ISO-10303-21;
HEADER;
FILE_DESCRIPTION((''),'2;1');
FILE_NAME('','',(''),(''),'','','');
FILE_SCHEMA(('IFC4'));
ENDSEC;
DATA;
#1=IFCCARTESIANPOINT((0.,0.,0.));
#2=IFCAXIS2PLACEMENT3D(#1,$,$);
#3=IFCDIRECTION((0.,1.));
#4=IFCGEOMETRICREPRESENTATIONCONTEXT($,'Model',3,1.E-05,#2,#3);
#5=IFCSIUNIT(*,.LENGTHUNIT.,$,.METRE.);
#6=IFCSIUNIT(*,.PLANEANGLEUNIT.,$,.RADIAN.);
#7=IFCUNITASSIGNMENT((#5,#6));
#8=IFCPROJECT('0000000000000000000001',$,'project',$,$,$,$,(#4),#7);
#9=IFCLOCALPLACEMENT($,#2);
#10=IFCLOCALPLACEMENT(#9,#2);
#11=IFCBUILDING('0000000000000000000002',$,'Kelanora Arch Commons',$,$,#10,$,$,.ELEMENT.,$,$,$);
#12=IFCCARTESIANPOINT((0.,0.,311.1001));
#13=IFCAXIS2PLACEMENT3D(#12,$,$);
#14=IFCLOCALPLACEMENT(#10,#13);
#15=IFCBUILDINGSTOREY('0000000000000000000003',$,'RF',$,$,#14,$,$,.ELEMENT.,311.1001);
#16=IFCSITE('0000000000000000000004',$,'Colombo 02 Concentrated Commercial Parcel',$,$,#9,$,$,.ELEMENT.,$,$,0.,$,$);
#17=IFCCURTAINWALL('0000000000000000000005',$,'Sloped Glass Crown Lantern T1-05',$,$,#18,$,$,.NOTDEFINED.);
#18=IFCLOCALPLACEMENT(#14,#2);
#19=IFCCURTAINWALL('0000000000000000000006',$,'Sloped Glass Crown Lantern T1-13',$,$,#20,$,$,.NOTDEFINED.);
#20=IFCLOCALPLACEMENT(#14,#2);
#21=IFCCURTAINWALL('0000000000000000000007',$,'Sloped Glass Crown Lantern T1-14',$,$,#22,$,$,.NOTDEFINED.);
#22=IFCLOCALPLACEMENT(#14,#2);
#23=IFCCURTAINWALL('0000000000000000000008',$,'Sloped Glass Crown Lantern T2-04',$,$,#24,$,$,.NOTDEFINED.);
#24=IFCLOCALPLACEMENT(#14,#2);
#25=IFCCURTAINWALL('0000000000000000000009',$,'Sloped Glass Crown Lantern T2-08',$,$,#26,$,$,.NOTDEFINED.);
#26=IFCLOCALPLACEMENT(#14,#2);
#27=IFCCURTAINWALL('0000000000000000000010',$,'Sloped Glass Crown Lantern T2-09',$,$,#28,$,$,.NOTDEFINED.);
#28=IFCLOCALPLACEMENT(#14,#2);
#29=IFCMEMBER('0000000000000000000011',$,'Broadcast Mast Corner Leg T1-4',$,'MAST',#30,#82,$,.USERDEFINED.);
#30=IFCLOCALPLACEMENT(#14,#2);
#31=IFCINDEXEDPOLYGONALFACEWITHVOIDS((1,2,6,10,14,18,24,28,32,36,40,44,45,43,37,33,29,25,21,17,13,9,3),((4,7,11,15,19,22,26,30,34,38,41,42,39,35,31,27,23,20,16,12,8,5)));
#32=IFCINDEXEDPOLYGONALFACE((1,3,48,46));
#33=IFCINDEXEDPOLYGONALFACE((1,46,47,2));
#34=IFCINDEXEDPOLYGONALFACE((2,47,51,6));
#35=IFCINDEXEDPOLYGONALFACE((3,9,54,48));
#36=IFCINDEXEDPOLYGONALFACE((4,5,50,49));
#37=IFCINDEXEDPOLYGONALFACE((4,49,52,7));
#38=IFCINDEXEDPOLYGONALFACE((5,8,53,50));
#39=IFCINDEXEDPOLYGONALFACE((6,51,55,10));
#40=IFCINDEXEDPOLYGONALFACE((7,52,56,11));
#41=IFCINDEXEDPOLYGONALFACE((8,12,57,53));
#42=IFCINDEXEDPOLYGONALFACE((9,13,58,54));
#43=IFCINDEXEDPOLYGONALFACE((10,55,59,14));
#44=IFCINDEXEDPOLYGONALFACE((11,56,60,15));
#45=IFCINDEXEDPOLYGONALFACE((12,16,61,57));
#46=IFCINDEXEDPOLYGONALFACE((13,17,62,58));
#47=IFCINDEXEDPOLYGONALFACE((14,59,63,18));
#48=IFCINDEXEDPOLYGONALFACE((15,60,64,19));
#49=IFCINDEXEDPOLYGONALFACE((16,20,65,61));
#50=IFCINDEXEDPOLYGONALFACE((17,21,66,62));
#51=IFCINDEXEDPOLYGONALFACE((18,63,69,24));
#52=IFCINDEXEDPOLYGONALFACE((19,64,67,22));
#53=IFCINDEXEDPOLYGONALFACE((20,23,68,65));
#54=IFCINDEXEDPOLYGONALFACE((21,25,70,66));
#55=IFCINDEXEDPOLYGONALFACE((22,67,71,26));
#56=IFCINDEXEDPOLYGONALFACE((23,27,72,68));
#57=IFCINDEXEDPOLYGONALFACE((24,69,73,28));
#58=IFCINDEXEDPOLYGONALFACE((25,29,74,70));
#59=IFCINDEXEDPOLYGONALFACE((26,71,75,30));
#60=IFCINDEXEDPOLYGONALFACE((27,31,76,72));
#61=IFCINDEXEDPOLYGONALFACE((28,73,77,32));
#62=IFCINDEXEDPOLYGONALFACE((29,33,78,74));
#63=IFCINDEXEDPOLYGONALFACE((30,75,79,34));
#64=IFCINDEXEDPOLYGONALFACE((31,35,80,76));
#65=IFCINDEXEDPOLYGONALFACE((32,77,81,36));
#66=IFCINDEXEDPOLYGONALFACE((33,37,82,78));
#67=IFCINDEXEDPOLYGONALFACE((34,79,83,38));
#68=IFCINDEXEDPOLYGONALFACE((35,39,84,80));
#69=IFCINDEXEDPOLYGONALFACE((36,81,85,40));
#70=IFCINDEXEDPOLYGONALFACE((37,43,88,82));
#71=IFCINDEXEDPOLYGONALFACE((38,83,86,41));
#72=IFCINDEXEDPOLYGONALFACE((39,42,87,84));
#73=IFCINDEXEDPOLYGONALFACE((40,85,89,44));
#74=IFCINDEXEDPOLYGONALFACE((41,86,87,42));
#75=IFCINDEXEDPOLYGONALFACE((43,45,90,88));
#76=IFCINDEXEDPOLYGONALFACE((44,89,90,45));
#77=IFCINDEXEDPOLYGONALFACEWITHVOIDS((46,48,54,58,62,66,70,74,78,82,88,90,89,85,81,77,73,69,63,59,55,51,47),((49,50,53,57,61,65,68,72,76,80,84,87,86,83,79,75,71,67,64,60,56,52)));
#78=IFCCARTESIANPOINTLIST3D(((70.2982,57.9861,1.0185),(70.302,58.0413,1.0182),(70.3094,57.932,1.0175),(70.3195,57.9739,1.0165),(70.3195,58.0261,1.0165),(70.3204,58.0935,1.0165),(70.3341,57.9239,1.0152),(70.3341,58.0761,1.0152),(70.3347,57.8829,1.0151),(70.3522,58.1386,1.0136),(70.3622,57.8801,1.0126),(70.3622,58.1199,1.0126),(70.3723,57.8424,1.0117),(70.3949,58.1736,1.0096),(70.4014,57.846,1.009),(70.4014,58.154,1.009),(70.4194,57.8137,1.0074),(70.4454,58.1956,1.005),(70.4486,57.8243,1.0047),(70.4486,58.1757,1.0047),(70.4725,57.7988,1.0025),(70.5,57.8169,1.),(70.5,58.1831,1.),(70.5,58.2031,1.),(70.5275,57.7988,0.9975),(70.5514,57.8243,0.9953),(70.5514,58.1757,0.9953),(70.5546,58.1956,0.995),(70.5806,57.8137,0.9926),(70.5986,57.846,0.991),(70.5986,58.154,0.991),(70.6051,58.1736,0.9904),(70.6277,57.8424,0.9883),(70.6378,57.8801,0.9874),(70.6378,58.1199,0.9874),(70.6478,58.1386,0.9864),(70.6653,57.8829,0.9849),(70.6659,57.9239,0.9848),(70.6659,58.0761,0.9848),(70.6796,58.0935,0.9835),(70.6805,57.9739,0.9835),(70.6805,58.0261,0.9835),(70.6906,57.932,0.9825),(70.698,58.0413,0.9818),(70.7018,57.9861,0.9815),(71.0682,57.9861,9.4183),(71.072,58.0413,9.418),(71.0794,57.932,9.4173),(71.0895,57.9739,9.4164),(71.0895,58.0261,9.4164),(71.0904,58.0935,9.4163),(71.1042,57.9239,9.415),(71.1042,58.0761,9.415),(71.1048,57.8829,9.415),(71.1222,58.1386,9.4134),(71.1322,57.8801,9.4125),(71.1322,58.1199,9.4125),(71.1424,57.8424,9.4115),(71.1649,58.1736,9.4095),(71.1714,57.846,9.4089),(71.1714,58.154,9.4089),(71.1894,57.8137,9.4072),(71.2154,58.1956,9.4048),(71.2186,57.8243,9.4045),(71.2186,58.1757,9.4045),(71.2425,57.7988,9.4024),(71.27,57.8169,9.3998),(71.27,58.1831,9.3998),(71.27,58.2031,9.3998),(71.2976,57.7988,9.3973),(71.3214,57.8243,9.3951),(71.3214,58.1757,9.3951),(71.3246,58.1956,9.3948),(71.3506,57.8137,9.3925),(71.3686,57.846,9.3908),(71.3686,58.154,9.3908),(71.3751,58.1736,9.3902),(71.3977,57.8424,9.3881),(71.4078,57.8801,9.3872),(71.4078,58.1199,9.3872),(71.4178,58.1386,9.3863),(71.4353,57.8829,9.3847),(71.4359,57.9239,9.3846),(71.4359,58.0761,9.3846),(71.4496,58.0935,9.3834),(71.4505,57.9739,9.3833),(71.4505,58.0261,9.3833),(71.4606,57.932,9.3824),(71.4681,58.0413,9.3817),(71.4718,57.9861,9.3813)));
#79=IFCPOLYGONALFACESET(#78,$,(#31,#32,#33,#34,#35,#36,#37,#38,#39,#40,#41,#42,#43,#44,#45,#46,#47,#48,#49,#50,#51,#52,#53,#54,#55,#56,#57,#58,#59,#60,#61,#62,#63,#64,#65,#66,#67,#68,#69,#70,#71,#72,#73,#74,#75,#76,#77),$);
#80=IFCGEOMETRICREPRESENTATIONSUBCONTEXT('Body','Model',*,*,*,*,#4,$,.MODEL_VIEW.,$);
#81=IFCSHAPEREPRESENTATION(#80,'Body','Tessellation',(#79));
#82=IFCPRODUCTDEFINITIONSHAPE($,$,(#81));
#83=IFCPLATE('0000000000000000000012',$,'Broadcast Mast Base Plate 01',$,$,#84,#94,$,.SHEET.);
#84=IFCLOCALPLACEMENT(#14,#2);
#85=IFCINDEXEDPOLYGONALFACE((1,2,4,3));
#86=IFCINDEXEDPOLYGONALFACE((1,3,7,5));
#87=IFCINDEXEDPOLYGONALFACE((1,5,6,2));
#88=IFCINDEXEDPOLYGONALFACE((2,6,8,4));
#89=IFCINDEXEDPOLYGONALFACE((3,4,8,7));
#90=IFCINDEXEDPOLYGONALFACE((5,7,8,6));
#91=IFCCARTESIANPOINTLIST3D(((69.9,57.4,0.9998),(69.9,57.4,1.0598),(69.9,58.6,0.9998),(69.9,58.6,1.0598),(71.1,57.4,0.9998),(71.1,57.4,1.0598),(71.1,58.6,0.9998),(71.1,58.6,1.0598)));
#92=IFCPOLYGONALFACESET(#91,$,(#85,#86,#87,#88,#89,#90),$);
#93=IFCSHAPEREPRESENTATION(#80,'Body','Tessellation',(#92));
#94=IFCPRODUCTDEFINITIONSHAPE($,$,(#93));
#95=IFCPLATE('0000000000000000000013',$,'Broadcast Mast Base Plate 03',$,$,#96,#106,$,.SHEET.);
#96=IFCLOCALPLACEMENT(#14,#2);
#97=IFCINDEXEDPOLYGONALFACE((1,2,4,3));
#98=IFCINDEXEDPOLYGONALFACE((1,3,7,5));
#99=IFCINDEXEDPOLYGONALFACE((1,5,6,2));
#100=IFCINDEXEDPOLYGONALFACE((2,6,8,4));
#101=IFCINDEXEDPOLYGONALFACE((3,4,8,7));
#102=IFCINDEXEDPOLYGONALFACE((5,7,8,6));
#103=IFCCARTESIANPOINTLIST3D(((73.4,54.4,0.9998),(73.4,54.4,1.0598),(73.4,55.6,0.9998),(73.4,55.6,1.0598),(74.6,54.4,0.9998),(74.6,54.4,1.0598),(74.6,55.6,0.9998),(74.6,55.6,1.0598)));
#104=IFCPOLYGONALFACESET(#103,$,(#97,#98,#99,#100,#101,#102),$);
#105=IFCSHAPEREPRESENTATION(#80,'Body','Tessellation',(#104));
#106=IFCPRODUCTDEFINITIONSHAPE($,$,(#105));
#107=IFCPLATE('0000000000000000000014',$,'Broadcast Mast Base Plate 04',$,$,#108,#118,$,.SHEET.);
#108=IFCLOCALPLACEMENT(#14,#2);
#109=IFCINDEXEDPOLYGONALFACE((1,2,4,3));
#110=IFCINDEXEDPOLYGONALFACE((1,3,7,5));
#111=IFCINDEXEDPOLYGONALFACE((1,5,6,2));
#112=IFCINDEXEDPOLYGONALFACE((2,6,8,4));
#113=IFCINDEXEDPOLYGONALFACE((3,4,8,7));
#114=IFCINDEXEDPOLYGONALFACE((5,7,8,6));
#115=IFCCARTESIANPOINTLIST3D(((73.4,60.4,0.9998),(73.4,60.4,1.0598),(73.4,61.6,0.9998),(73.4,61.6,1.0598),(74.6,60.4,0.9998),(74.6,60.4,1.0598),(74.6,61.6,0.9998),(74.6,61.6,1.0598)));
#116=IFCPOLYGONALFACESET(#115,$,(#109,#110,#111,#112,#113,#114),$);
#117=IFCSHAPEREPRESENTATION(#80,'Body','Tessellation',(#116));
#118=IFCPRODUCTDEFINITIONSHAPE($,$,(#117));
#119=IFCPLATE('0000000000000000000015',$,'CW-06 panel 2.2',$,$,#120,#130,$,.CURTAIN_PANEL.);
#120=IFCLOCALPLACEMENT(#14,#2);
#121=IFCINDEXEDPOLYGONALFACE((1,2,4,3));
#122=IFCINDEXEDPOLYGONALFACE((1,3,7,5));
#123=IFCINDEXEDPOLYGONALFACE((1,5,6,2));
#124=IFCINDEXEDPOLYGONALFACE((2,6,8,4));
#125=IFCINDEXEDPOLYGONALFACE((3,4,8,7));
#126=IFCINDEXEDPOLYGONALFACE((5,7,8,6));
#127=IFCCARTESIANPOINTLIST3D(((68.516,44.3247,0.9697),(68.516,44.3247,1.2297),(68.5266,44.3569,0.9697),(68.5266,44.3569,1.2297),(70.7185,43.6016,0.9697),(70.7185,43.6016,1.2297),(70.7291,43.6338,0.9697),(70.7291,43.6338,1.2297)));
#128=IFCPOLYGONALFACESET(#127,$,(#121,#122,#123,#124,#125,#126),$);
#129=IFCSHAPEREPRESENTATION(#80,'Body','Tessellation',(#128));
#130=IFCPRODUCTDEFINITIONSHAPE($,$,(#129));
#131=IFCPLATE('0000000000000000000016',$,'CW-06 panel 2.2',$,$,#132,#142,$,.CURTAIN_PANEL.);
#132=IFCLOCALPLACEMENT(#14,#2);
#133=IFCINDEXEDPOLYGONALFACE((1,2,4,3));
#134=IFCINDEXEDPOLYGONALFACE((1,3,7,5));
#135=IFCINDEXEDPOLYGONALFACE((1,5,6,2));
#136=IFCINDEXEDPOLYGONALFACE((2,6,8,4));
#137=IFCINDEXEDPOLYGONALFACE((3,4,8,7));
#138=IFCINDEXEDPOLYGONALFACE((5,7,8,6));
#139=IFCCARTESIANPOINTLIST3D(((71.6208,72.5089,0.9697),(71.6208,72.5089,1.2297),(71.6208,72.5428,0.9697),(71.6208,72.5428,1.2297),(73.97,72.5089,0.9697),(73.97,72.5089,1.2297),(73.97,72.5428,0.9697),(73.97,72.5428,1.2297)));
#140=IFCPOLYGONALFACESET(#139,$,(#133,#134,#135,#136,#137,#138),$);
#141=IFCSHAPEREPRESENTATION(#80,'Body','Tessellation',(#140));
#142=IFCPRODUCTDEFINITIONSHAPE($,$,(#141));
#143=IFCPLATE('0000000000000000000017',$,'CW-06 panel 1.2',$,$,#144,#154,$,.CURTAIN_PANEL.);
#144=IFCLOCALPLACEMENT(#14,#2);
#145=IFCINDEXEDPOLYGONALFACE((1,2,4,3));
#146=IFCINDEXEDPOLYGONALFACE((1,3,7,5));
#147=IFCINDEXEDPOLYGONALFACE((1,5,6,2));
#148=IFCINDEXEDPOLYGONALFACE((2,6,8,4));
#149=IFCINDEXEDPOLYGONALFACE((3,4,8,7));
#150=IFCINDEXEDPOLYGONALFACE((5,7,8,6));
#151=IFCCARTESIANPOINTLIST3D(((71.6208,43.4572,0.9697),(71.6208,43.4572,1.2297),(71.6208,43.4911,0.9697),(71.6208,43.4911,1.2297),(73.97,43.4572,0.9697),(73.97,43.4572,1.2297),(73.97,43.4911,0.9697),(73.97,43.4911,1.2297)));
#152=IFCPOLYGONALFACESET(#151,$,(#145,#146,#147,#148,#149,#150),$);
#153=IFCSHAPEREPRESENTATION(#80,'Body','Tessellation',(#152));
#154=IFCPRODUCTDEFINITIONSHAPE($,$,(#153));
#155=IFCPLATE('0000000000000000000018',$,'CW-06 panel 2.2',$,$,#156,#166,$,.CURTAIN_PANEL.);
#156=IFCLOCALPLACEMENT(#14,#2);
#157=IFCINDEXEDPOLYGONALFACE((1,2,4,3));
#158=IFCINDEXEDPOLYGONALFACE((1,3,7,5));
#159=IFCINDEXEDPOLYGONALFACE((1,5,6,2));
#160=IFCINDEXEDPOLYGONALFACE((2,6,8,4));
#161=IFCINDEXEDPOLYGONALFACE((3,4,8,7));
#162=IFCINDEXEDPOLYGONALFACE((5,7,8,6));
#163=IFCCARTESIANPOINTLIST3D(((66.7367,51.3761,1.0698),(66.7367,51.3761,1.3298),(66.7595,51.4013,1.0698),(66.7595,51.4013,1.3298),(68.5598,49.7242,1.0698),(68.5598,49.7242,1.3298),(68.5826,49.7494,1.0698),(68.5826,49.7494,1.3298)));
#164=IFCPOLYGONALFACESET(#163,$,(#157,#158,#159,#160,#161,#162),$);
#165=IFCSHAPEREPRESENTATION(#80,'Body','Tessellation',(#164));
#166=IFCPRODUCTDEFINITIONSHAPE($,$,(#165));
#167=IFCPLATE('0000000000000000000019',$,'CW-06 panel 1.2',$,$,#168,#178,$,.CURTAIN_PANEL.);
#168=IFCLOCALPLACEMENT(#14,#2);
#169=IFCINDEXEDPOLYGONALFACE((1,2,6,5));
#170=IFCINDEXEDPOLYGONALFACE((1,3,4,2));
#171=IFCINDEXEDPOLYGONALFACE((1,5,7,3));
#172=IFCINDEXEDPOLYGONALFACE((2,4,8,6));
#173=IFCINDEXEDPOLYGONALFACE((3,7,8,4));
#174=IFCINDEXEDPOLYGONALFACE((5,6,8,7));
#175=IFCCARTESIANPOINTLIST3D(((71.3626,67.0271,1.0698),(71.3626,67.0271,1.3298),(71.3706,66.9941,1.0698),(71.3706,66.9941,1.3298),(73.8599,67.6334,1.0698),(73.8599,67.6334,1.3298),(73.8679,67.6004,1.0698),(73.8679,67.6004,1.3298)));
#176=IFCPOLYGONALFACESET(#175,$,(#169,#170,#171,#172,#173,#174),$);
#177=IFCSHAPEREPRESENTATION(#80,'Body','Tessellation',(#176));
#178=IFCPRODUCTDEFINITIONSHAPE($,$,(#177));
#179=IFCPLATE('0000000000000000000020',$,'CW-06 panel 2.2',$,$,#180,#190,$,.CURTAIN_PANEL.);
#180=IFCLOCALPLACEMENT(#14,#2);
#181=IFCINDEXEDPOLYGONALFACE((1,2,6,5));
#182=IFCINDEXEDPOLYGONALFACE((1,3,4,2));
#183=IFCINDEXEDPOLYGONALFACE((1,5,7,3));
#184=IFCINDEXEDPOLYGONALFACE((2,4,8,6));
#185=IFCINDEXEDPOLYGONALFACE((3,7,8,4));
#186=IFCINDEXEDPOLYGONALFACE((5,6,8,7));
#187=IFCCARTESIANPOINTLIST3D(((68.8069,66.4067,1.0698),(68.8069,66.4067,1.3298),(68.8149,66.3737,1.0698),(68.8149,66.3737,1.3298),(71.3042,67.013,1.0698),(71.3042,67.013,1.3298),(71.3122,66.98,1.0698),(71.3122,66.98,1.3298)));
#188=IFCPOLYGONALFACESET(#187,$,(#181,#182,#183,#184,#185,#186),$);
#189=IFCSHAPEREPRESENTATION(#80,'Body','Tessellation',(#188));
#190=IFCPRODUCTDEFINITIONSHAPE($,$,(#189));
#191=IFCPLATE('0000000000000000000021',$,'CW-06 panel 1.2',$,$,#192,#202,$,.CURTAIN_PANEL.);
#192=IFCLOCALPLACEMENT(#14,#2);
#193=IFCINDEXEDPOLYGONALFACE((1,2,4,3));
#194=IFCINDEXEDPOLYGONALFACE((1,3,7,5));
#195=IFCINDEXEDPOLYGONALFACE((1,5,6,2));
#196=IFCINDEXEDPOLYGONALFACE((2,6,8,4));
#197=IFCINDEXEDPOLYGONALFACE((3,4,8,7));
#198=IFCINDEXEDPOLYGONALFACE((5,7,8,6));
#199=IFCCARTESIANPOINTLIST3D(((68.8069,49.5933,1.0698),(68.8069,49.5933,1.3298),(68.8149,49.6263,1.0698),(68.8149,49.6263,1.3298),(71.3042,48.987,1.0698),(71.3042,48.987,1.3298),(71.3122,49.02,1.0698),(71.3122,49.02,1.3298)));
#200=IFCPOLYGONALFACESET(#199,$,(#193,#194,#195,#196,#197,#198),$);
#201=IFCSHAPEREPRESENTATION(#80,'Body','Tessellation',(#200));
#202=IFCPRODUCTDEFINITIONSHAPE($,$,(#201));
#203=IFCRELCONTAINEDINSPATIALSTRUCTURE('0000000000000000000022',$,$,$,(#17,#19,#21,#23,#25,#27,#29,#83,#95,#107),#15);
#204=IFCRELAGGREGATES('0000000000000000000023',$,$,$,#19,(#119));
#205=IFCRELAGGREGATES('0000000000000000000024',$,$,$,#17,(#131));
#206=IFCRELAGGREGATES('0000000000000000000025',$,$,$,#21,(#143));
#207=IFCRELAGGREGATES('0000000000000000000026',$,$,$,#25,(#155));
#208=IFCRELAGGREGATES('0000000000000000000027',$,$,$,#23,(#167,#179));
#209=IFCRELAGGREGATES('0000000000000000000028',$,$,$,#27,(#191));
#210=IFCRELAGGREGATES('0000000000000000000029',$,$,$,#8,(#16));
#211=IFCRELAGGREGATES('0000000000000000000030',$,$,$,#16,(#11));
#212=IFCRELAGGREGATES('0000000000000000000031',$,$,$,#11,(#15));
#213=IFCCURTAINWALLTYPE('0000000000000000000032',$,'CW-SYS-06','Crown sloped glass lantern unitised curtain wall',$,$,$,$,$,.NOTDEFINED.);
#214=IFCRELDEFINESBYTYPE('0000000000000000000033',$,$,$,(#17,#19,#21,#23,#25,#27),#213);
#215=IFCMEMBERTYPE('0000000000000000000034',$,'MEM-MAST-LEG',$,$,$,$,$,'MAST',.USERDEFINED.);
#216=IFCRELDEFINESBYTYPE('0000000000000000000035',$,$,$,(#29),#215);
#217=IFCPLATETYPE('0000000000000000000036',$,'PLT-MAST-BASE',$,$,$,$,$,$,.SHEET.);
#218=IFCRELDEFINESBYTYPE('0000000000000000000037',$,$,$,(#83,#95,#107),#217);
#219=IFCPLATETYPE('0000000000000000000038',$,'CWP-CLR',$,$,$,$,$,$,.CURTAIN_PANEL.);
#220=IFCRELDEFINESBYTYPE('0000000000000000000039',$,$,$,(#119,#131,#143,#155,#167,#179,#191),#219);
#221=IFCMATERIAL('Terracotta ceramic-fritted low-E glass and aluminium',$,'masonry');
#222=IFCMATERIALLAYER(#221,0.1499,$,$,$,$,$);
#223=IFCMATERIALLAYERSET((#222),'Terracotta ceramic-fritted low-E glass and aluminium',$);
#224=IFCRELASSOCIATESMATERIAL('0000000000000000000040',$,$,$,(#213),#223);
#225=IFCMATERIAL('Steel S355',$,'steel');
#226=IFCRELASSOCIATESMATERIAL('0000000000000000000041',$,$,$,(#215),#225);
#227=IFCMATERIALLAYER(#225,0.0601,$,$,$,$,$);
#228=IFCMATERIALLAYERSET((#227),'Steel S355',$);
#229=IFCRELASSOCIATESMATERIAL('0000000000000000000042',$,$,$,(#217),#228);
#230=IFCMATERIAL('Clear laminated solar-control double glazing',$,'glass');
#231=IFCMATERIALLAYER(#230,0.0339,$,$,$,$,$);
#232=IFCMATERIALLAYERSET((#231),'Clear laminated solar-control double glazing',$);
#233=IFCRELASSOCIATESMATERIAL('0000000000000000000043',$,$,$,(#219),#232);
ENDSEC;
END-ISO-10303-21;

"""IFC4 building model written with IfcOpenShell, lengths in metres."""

from ifc_helpers import new_model, si_unit, direction, frame, origin, origin_2d, place, context, subcontext, project, spatial, rectangle, hollow_circle, extrude, source, transform, mapped, material, layer, layer_set, material_profile, profile_set, type_object, element, aggregate, save


model = new_model("IFC4")

# Units and contexts
model_context = context("Model", 3, precision=1e-05, world=origin(), true_north=direction((0.0, 1.0)))
body_context = subcontext(model_context, "Body", "Model", "MODEL_VIEW")
ifc_project = project(units=[si_unit("LENGTHUNIT", "METRE"), si_unit("PLANEANGLEUNIT", "RADIAN")], contexts=[model_context])

# Site, building, storey
site_placement = place(None, origin())
site = spatial("IfcSite", under=ifc_project, at=site_placement, Name="Colombo 02 Concentrated Commercial Parcel", CompositionType="ELEMENT", RefElevation=0.0)
building_placement = place(site_placement, origin())
building = spatial("IfcBuilding", under=site, at=building_placement, Name="Kelanora Arch Commons", CompositionType="ELEMENT")
storey_placement = place(building_placement, frame((0.0, 0.0, 311.1001)))
storey = spatial("IfcBuildingStorey", under=building, at=storey_placement, Name="RF", CompositionType="ELEMENT", Elevation=311.1001)

# Shared definitions
ifc_material_1 = material(Name="Terracotta ceramic-fritted low-E glass and aluminium", Category="masonry")
ifc_layer_1 = layer(ifc_material_1, 0.1499)
ifc_layer_set_1 = layer_set([ifc_layer_1], Name="Terracotta ceramic-fritted low-E glass and aluminium")
curtain_wall_type = type_object("IfcCurtainWallType", Name="CW-SYS-06", Description="Crown sloped glass lantern unitised curtain wall", PredefinedType="NOTDEFINED", material=ifc_layer_set_1)

# Curtain wall
curtain_wall_1_placement = place(storey_placement, origin())
curtain_wall_1 = element("IfcCurtainWall", 1, at=curtain_wall_1_placement, inside=storey, type_object=curtain_wall_type, Name="Sloped Glass Crown Lantern T1-05", PredefinedType="NOTDEFINED")

# Curtain wall
curtain_wall_2_placement = place(storey_placement, origin())
curtain_wall_2 = element("IfcCurtainWall", 2, at=curtain_wall_2_placement, inside=storey, type_object=curtain_wall_type, Name="Sloped Glass Crown Lantern T1-13", PredefinedType="NOTDEFINED")

# Curtain wall
curtain_wall_3_placement = place(storey_placement, origin())
curtain_wall_3 = element("IfcCurtainWall", 3, at=curtain_wall_3_placement, inside=storey, type_object=curtain_wall_type, Name="Sloped Glass Crown Lantern T1-14", PredefinedType="NOTDEFINED")

# Curtain wall
curtain_wall_4_placement = place(storey_placement, origin())
curtain_wall_4 = element("IfcCurtainWall", 4, at=curtain_wall_4_placement, inside=storey, type_object=curtain_wall_type, Name="Sloped Glass Crown Lantern T2-04", PredefinedType="NOTDEFINED")

# Curtain wall
curtain_wall_5_placement = place(storey_placement, origin())
curtain_wall_5 = element("IfcCurtainWall", 5, at=curtain_wall_5_placement, inside=storey, type_object=curtain_wall_type, Name="Sloped Glass Crown Lantern T2-08", PredefinedType="NOTDEFINED")

# Curtain wall
curtain_wall_6_placement = place(storey_placement, origin())
curtain_wall_6 = element("IfcCurtainWall", 6, at=curtain_wall_6_placement, inside=storey, type_object=curtain_wall_type, Name="Sloped Glass Crown Lantern T2-09", PredefinedType="NOTDEFINED")

# Member
ifc_material_2 = material(Name="Steel S355", Category="steel")
ifc_material_profile_1 = material_profile(ifc_material_2, hollow_circle(Radius=0.2031, WallThickness=0.02, at=origin_2d()), Name="CHS406.4x20")
ifc_profile_set_1 = profile_set([ifc_material_profile_1], Name="Steel S355")
member_type_1 = type_object("IfcMemberType", Name="MEM-MAST-LEG", ElementType="MAST", PredefinedType="USERDEFINED", material=ifc_profile_set_1)
member_1_placement = place(storey_placement, frame((70.5, 58.0, 1.0), z_axis=(0.091287, 0.0, 0.995825), x_axis=(0.0, 1.0, 0.0)))
element("IfcMember", 7, at=member_1_placement, inside=storey, type_object=member_type_1, Name="Broadcast Mast Corner Leg T1-4", ObjectType="MAST", PredefinedType="USERDEFINED", context=body_context, shape_type="SweptSolid", body=[
    extrude(hollow_circle(Radius=0.2031, WallThickness=0.02, at=origin_2d()), origin(), (0.0, 0.0, 1.0), 8.4351),
])

# Plates
ifc_layer_2 = layer(ifc_material_2, 0.0601)
ifc_layer_set_2 = layer_set([ifc_layer_2], Name="Steel S355")
plate_type_1 = type_object("IfcPlateType", Name="PLT-MAST-BASE", PredefinedType="SHEET", material=ifc_layer_set_2)
shared_shape_1 = source(origin(), body_context, "Body", "SweptSolid", [
    extrude(rectangle(XDim=1.2, YDim=1.2, at=origin_2d()), origin(), (0.0, 0.0, 1.0), 0.0601),
])
for number, where, z_axis, x_axis, name in (
    (8, (70.5, 58.0, 0.9998), (0.0, 0.0, 1.0), (1.0, 0.0, 0.0), "Broadcast Mast Base Plate 01"),
    (9, (74.0, 55.0, 0.9998), (0.0, 0.0, 1.0), (1.0, 0.0, 0.0), "Broadcast Mast Base Plate 03"),
    (10, (74.0, 61.0, 0.9998), (0.0, 0.0, 1.0), (1.0, 0.0, 0.0), "Broadcast Mast Base Plate 04"),
):
    element("IfcPlate", number, at=place(storey_placement, frame(where, z_axis=z_axis, x_axis=x_axis)), inside=storey, type_object=plate_type_1, Name=name, PredefinedType="SHEET", context=body_context, shape_type="MappedRepresentation", body=[
        mapped(shared_shape_1, transform((0.0, 0.0, 0.0), scale=1.0)),
    ])

# Plates
ifc_material_3 = material(Name="Clear laminated solar-control double glazing", Category="glass")
ifc_layer_3 = layer(ifc_material_3, 0.0339)
ifc_layer_set_3 = layer_set([ifc_layer_3], Name="Clear laminated solar-control double glazing")
plate_type_2 = type_object("IfcPlateType", Name="CWP-CLR", PredefinedType="CURTAIN_PANEL", material=ifc_layer_set_3)
shared_shape_2 = source(origin(), body_context, "Body", "SweptSolid", [
    extrude(rectangle(XDim=2.3181, YDim=0.0339, at=origin_2d()), origin(), (0.0, 0.0, 1.0), 0.26),
])
plate_1_placement = place(storey_placement, frame((69.6226, 43.9792, 0.9697), z_axis=(0.0, 0.0, 1.0), x_axis=(0.9501, -0.311945, 0.0)))
plate_1 = element("IfcPlate", 11, at=plate_1_placement, type_object=plate_type_2, Name="CW-06 panel 2.2", PredefinedType="CURTAIN_PANEL", context=body_context, shape_type="MappedRepresentation", body=[
    mapped(shared_shape_2, transform((0.0, 0.0, 0.0), scale=1.0)),
])
aggregate(curtain_wall_2, [plate_1])
shared_shape_3 = source(origin(), body_context, "Body", "SweptSolid", [
    extrude(rectangle(XDim=2.3491, YDim=0.0339, at=origin_2d()), origin(), (0.0, 0.0, 1.0), 0.26),
])
plate_2_placement = place(storey_placement, frame((72.7954, 72.5259, 0.9697), z_axis=(0.0, 0.0, 1.0), x_axis=(-1.0, 0.0, 0.0)))
plate_2 = element("IfcPlate", 12, at=plate_2_placement, type_object=plate_type_2, Name="CW-06 panel 2.2", PredefinedType="CURTAIN_PANEL", context=body_context, shape_type="MappedRepresentation", body=[
    mapped(shared_shape_3, transform((0.0, 0.0, 0.0), scale=1.0)),
])
aggregate(curtain_wall_1, [plate_2])
plate_3_placement = place(storey_placement, frame((72.7954, 43.4741, 0.9697), z_axis=(0.0, 0.0, 1.0), x_axis=(1.0, 0.0, 0.0)))
plate_3 = element("IfcPlate", 13, at=plate_3_placement, type_object=plate_type_2, Name="CW-06 panel 1.2", PredefinedType="CURTAIN_PANEL", context=body_context, shape_type="MappedRepresentation", body=[
    mapped(shared_shape_3, transform((0.0, 0.0, 0.0), scale=1.0)),
])
aggregate(curtain_wall_3, [plate_3])
shared_shape_4 = source(origin(), body_context, "Body", "SweptSolid", [
    extrude(rectangle(XDim=2.4602, YDim=0.0339, at=origin_2d()), origin(), (0.0, 0.0, 1.0), 0.26),
])
plate_4_placement = place(storey_placement, frame((67.6597, 50.5627, 1.0698), z_axis=(0.0, 0.0, 1.0), x_axis=(0.741042, -0.671459, 0.0)))
plate_4 = element("IfcPlate", 14, at=plate_4_placement, type_object=plate_type_2, Name="CW-06 panel 2.2", PredefinedType="CURTAIN_PANEL", context=body_context, shape_type="MappedRepresentation", body=[
    mapped(shared_shape_4, transform((0.0, 0.0, 0.0), scale=1.0)),
])
aggregate(curtain_wall_5, [plate_4])
shared_shape_5 = source(origin(), body_context, "Body", "SweptSolid", [
    extrude(rectangle(XDim=2.5698, YDim=0.0339, at=origin_2d()), origin(), (0.0, 0.0, 1.0), 0.26),
])
plate_5_placement = place(storey_placement, frame((72.6152, 67.3137, 1.0698), z_axis=(0.0, 0.0, 1.0), x_axis=(-0.97177, -0.235931, 0.0)))
plate_5 = element("IfcPlate", 15, at=plate_5_placement, type_object=plate_type_2, Name="CW-06 panel 1.2", PredefinedType="CURTAIN_PANEL", context=body_context, shape_type="MappedRepresentation", body=[
    mapped(shared_shape_5, transform((0.0, 0.0, 0.0), scale=1.0)),
])
plate_6_placement = place(storey_placement, frame((70.0596, 66.6934, 1.0698), z_axis=(0.0, 0.0, 1.0), x_axis=(-0.97177, -0.235931, 0.0)))
plate_6 = element("IfcPlate", 16, at=plate_6_placement, type_object=plate_type_2, Name="CW-06 panel 2.2", PredefinedType="CURTAIN_PANEL", context=body_context, shape_type="MappedRepresentation", body=[
    mapped(shared_shape_5, transform((0.0, 0.0, 0.0), scale=1.0)),
])
aggregate(curtain_wall_4, [plate_5, plate_6])
plate_7_placement = place(storey_placement, frame((70.0596, 49.3066, 1.0698), z_axis=(0.0, 0.0, 1.0), x_axis=(0.97177, -0.235931, 0.0)))
plate_7 = element("IfcPlate", 17, at=plate_7_placement, type_object=plate_type_2, Name="CW-06 panel 1.2", PredefinedType="CURTAIN_PANEL", context=body_context, shape_type="MappedRepresentation", body=[
    mapped(shared_shape_5, transform((0.0, 0.0, 0.0), scale=1.0)),
])
aggregate(curtain_wall_6, [plate_7])

save(model, "model.ifc")
